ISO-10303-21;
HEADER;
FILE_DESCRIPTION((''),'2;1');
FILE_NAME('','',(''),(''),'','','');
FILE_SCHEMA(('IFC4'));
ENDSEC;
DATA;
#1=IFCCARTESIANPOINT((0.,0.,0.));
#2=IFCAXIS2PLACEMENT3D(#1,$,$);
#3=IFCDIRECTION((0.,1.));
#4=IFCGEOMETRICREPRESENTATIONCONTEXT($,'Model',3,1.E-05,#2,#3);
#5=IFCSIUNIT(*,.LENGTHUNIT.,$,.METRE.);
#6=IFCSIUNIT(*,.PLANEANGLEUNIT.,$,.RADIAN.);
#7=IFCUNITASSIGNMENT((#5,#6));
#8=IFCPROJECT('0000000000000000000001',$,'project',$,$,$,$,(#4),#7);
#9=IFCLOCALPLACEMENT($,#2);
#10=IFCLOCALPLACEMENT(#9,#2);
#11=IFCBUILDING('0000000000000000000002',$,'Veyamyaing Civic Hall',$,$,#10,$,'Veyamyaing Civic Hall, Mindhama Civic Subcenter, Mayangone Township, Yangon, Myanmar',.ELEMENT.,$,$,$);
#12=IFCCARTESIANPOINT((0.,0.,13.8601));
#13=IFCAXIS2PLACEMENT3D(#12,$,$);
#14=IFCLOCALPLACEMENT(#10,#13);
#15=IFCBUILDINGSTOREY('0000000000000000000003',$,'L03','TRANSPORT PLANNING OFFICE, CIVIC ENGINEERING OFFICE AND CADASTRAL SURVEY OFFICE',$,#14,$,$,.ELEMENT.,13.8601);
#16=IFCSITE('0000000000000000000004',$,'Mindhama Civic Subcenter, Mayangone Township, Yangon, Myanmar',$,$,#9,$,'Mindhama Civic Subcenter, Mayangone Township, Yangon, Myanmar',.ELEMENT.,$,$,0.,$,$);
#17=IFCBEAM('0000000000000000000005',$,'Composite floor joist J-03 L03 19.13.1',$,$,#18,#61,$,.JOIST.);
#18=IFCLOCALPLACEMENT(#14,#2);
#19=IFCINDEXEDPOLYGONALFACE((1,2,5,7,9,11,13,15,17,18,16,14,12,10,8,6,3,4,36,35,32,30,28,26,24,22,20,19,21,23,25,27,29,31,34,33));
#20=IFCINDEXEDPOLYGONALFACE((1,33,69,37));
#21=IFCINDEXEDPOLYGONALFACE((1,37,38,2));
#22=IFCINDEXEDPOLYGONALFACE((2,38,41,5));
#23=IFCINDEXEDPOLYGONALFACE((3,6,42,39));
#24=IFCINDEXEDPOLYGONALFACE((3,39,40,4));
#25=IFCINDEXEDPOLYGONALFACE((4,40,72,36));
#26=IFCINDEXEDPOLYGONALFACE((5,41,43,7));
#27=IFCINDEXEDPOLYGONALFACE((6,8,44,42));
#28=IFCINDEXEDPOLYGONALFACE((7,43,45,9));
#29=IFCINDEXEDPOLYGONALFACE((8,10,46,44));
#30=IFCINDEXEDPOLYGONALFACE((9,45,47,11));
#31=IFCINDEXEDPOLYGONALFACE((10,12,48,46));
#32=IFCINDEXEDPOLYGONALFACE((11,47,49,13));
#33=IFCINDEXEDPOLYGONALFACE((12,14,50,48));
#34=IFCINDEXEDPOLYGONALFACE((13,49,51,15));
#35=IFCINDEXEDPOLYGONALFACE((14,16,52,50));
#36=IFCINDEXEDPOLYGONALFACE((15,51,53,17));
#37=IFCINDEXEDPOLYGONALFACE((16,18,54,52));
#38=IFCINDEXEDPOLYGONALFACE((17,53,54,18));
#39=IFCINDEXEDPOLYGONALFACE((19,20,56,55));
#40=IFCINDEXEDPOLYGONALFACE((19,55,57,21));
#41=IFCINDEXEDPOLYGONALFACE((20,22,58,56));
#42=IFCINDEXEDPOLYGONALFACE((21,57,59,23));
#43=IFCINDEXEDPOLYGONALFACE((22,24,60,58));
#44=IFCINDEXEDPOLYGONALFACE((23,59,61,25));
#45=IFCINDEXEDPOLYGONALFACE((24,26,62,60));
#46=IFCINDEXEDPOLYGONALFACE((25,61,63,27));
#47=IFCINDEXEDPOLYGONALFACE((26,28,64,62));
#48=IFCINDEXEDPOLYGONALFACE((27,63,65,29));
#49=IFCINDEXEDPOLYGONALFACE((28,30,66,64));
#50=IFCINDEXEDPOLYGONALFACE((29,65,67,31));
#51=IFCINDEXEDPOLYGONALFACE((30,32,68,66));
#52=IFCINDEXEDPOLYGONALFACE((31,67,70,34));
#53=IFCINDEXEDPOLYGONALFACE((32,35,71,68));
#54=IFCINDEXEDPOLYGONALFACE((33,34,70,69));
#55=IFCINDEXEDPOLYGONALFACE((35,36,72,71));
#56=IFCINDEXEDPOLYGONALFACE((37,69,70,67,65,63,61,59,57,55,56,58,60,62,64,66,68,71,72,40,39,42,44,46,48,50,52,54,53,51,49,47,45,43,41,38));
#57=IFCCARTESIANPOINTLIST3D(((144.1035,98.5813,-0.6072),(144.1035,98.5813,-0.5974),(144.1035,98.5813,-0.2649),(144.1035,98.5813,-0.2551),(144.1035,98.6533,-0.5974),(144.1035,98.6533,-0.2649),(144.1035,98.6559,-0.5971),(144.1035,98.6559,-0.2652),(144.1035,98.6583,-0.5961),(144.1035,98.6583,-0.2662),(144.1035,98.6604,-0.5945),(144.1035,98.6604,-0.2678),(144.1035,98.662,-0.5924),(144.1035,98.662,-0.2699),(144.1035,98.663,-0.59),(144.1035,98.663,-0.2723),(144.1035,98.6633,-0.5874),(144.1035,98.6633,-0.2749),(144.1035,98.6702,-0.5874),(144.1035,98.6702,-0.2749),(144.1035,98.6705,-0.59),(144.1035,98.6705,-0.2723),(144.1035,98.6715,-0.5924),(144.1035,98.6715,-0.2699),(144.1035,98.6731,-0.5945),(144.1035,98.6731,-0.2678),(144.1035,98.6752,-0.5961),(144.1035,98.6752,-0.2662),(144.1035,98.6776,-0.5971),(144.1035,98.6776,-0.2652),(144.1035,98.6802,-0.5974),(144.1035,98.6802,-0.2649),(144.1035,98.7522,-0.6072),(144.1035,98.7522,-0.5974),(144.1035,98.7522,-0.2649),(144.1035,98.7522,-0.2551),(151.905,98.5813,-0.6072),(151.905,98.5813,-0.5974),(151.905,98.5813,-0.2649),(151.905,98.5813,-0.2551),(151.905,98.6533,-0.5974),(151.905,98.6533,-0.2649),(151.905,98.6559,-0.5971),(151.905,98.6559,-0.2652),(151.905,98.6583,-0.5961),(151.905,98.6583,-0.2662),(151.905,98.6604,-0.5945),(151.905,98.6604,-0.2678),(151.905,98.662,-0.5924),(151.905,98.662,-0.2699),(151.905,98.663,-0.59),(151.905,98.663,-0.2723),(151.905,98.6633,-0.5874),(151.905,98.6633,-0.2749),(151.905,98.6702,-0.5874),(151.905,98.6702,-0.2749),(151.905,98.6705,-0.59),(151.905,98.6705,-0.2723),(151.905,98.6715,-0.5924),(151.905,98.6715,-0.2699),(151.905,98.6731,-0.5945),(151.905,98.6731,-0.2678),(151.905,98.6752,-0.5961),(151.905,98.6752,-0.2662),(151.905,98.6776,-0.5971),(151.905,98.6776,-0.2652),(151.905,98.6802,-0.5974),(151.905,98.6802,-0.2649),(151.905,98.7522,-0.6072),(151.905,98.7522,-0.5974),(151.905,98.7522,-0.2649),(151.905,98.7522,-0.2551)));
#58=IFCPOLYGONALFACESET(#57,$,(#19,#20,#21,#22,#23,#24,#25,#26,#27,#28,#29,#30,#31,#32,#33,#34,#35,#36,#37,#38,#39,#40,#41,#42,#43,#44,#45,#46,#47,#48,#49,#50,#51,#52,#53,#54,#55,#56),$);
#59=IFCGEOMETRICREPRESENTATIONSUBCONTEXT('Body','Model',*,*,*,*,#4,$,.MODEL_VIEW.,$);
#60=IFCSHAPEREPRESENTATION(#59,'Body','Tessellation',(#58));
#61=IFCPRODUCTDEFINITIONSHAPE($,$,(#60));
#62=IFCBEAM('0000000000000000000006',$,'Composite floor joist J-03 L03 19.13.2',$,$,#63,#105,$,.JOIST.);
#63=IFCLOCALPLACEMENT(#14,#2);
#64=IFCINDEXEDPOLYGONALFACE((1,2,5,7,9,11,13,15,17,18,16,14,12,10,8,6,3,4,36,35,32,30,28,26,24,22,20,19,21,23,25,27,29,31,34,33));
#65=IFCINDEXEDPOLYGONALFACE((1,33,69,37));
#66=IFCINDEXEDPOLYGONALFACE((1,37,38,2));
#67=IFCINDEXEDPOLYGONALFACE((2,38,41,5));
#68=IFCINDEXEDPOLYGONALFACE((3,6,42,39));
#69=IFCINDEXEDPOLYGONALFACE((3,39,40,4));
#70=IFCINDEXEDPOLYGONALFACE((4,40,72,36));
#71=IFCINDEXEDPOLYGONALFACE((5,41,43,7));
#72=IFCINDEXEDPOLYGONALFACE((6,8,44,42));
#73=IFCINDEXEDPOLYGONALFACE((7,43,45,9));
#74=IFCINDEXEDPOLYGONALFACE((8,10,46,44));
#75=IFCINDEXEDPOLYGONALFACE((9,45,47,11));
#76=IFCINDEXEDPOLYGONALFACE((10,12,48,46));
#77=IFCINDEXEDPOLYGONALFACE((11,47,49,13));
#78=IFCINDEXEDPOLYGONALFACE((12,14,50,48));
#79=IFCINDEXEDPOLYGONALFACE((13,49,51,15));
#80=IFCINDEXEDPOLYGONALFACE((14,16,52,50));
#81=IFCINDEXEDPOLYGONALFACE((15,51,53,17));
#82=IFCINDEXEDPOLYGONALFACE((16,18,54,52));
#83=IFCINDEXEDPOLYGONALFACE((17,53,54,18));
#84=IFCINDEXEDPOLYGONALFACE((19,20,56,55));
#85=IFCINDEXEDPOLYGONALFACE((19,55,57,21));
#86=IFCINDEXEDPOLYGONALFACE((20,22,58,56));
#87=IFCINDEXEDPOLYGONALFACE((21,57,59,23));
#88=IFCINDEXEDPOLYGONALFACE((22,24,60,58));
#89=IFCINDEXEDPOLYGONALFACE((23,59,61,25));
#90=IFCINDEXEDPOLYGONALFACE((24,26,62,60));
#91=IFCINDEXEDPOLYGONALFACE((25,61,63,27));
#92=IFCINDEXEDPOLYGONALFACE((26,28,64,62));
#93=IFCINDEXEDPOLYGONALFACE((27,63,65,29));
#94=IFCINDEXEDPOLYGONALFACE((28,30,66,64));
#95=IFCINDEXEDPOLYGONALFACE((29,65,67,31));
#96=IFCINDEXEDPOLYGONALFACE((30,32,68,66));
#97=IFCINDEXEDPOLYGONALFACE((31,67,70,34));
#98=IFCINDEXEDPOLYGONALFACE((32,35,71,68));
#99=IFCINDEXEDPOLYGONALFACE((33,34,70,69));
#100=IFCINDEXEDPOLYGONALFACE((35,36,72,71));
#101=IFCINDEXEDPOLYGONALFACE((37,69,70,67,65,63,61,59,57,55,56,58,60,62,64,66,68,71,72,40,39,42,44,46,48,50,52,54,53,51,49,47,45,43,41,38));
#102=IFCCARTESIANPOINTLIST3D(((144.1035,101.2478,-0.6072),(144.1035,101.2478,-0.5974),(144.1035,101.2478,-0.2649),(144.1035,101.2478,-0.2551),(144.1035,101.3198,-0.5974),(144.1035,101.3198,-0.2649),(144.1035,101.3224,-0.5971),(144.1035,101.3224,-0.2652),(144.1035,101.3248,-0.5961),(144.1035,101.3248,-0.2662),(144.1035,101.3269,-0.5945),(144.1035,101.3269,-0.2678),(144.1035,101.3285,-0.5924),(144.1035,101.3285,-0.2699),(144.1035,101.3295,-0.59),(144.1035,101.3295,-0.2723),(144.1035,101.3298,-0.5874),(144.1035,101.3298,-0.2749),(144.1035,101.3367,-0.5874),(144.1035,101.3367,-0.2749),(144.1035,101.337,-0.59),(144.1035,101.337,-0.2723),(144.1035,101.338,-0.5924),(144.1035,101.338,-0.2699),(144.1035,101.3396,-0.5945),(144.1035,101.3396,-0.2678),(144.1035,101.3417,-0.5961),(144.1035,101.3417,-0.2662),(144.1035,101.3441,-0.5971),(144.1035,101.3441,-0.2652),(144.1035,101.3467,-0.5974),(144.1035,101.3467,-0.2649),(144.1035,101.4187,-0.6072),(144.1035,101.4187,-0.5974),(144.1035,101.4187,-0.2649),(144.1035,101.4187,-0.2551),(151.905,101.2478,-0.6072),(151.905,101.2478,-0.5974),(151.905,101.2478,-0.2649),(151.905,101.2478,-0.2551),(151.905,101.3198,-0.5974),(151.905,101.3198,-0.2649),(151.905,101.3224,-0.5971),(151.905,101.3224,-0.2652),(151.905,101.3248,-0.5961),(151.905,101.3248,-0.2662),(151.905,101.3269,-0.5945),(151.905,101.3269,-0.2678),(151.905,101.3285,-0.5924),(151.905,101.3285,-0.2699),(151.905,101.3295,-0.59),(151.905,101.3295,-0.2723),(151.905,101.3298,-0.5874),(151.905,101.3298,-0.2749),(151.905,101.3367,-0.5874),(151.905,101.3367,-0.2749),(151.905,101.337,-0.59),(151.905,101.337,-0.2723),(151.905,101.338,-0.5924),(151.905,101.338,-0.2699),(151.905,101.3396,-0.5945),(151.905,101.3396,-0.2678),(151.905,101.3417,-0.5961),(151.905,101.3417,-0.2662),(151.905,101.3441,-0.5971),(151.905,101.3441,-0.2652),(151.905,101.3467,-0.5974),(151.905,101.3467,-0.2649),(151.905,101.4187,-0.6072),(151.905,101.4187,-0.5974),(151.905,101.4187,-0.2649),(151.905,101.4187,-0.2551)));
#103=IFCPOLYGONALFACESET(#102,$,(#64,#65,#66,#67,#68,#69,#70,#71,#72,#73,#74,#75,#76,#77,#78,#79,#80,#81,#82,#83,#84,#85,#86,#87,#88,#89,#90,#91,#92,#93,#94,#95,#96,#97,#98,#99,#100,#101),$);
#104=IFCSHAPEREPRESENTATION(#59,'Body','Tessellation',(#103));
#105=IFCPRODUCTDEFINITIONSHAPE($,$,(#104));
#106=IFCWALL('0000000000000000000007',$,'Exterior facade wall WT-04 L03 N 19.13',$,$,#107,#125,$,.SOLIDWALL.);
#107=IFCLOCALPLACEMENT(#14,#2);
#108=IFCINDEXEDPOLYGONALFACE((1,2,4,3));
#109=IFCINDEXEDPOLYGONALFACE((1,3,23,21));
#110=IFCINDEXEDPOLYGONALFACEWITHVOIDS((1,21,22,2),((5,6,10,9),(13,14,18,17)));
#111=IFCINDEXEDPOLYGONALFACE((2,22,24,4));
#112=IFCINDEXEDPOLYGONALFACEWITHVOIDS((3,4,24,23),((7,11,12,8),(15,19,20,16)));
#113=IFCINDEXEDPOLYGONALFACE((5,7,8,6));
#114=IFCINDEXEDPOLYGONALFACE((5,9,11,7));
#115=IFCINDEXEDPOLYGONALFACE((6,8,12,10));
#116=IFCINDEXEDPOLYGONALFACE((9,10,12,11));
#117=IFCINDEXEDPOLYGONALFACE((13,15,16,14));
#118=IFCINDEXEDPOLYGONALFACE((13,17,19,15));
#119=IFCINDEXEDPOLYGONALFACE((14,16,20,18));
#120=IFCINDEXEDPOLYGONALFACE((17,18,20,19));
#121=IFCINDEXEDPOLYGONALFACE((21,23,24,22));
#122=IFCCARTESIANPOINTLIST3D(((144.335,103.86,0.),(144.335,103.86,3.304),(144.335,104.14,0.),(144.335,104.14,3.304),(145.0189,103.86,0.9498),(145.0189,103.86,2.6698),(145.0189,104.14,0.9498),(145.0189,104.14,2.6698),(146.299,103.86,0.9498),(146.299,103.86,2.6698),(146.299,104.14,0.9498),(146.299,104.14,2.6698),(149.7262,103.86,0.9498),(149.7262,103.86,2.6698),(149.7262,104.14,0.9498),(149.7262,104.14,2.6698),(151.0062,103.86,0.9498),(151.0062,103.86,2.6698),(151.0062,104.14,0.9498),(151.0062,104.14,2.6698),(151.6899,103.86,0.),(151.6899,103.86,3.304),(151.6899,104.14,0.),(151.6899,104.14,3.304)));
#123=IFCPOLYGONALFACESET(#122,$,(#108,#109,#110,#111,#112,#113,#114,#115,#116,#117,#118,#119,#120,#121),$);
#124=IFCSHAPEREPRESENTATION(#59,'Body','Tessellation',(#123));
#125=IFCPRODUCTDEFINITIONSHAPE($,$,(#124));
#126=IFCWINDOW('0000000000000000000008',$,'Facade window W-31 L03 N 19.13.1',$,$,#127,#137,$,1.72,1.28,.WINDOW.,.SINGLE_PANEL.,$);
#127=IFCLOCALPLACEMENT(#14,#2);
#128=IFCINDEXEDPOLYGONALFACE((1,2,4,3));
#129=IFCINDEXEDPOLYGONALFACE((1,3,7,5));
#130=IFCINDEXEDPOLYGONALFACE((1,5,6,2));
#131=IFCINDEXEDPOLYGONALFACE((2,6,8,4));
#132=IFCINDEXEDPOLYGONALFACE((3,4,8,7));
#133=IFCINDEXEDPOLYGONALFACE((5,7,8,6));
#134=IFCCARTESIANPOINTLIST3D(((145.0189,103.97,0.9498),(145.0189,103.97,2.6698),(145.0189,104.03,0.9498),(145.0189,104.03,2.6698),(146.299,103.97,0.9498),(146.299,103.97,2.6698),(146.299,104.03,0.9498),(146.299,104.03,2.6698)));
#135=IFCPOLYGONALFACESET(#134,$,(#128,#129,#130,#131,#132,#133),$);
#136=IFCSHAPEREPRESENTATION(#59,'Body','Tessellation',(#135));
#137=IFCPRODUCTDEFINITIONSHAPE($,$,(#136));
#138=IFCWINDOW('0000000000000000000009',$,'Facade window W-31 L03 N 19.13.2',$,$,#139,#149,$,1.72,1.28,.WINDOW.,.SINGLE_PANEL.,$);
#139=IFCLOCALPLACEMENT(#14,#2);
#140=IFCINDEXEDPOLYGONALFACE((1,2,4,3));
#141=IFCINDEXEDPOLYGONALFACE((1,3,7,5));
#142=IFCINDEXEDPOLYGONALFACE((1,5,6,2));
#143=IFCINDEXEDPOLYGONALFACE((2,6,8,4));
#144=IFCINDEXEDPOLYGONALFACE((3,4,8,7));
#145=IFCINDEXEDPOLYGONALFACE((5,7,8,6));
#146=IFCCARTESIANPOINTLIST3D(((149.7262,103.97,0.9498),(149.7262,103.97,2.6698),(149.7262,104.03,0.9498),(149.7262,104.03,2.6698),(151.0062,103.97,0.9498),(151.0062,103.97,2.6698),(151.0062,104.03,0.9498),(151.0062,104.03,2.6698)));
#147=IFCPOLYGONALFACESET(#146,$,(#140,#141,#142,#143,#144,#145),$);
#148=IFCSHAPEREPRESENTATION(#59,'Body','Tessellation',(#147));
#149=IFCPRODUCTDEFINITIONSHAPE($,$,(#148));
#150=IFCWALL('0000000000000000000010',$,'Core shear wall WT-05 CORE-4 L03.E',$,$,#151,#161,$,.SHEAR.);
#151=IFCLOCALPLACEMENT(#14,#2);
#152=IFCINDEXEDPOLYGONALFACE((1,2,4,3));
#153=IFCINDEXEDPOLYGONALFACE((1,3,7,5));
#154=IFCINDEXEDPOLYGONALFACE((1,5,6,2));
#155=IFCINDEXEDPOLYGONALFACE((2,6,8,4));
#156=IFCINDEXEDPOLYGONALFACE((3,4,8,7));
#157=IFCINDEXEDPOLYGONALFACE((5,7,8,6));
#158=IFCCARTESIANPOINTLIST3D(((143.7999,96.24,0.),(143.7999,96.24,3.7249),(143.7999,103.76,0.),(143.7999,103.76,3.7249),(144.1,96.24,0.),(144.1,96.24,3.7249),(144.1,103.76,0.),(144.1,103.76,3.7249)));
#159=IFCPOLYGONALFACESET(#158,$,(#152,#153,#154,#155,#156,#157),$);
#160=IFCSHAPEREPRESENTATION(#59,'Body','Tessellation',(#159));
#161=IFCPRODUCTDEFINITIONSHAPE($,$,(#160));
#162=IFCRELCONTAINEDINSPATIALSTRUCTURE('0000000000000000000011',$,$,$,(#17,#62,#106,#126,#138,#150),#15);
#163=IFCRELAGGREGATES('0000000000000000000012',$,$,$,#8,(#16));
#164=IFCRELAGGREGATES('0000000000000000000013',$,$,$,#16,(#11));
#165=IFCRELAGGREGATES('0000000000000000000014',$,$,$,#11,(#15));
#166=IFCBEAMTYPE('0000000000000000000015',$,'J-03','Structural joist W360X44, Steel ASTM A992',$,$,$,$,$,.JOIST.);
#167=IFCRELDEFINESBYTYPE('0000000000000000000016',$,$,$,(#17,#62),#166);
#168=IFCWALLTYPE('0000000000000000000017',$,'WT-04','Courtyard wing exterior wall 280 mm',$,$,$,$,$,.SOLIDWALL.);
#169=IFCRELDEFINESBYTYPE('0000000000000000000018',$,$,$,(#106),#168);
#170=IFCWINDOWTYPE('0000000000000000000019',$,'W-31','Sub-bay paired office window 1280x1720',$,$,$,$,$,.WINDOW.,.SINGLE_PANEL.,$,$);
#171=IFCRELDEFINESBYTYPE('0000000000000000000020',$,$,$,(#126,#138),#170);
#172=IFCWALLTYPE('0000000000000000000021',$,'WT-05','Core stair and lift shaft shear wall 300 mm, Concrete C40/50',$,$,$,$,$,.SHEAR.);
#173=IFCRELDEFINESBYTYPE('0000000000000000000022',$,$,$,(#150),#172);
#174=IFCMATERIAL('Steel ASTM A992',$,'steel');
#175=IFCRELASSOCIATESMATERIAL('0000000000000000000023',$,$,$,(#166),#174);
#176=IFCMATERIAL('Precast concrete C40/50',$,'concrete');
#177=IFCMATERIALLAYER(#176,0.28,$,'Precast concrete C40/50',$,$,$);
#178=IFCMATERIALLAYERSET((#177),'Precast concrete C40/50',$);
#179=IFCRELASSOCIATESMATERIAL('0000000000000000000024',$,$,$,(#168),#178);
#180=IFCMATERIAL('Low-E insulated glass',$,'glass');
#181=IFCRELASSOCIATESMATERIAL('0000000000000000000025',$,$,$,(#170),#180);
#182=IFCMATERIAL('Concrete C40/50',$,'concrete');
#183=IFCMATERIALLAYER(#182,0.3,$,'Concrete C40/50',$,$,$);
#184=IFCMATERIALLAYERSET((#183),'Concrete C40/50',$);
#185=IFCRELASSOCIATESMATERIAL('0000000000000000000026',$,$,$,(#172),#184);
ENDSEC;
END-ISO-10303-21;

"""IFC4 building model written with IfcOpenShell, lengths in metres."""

from ifc_helpers import new_model, si_unit, direction, frame, frame_2d, origin, origin_2d, place, context, subcontext, project, spatial, rectangle, i_section, extrude, material, layer, layer_set, material_profile, profile_set, type_object, element, fill, save


model = new_model("IFC4")

# Units and contexts
model_context = context("Model", 3, precision=1e-05, world=origin(), true_north=direction((0.0, 1.0)))
body_context = subcontext(model_context, "Body", "Model", "MODEL_VIEW")
ifc_project = project(units=[si_unit("LENGTHUNIT", "METRE"), si_unit("PLANEANGLEUNIT", "RADIAN")], contexts=[model_context])

# Site, building, storey
site_placement = place(None, origin())
site = spatial("IfcSite", under=ifc_project, at=site_placement, Name="Mindhama Civic Subcenter, Mayangone Township, Yangon, Myanmar", LongName="Mindhama Civic Subcenter, Mayangone Township, Yangon, Myanmar", CompositionType="ELEMENT", RefElevation=0.0)
building_placement = place(site_placement, origin())
building = spatial("IfcBuilding", under=site, at=building_placement, Name="Veyamyaing Civic Hall", LongName="Veyamyaing Civic Hall, Mindhama Civic Subcenter, Mayangone Township, Yangon, Myanmar", CompositionType="ELEMENT")
storey_placement = place(building_placement, frame((0.0, 0.0, 13.8601)))
storey = spatial("IfcBuildingStorey", under=building, at=storey_placement, Name="L03", Description="TRANSPORT PLANNING OFFICE, CIVIC ENGINEERING OFFICE AND CADASTRAL SURVEY OFFICE", CompositionType="ELEMENT", Elevation=13.8601)

# Beams
ifc_material_1 = material(Name="Steel ASTM A992", Category="steel")
ifc_material_profile_1 = material_profile(ifc_material_1, i_section(OverallWidth=0.1709, OverallDepth=0.3521, WebThickness=0.0068, FlangeThickness=0.0098, FilletRadius=0.01, at=origin_2d()), Name="W360X44")
ifc_profile_set_1 = profile_set([ifc_material_profile_1], Name="Steel ASTM A992")
beam_type_1 = type_object("IfcBeamType", Name="J-03", Description="Structural joist W360X44, Steel ASTM A992", PredefinedType="JOIST", material=ifc_profile_set_1)
for number, where, z_axis, x_axis, name in (
    (1, (144.1035, 98.6667, -0.4312), (1.0, 0.0, 0.0), (0.0, 1.0, 0.0), "Composite floor joist J-03 L03 19.13.1"),
    (2, (144.1035, 101.3333, -0.4312), (1.0, 0.0, 0.0), (0.0, 1.0, 0.0), "Composite floor joist J-03 L03 19.13.2"),
):
    element("IfcBeam", number, at=place(storey_placement, frame(where, z_axis=z_axis, x_axis=x_axis)), inside=storey, type_object=beam_type_1, Name=name, PredefinedType="JOIST", context=body_context, shape_type="SweptSolid", body=[
        extrude(i_section(OverallWidth=0.1709, OverallDepth=0.3521, WebThickness=0.0068, FlangeThickness=0.0098, FilletRadius=0.01, at=origin_2d()), origin(), (0.0, 0.0, 1.0), 7.8015),
    ])

# Wall, openings, windows
ifc_material_2 = material(Name="Precast concrete C40/50", Category="concrete")
ifc_layer_1 = layer(ifc_material_2, 0.28, Name="Precast concrete C40/50")
ifc_layer_set_1 = layer_set([ifc_layer_1], Name="Precast concrete C40/50")
wall_type_1 = type_object("IfcWallType", Name="WT-04", Description="Courtyard wing exterior wall 280 mm", PredefinedType="SOLIDWALL", material=ifc_layer_set_1)
wall_1_placement = place(storey_placement, frame((144.335, 104.0, 0.0), z_axis=(0.0, 0.0, 1.0), x_axis=(1.0, 0.0, 0.0)))
wall_1 = element("IfcWall", 3, at=wall_1_placement, inside=storey, type_object=wall_type_1, Name="Exterior facade wall WT-04 L03 N 19.13", PredefinedType="SOLIDWALL", context=body_context, shape_type="SweptSolid", body=[
    extrude(rectangle(XDim=7.355, YDim=0.28, at=frame_2d((3.6775, 0.0))), origin(), (0.0, 0.0, 1.0), 3.304),
])
opening_1_placement = place(wall_1_placement, frame((0.6838, 0.0, 0.95)))
opening_1 = element("IfcOpeningElement", 4, at=opening_1_placement, cuts=wall_1, PredefinedType="OPENING", context=body_context, shape_type="SweptSolid", body=[
    extrude(rectangle(XDim=1.28, YDim=1.72, at=frame_2d((0.6401, 0.8599))), frame((0.0, 0.1499, 0.0), z_axis=(0.0, -1.0, 0.0), x_axis=(1.0, 0.0, 0.0)), (0.0, 0.0, 1.0), 0.3),
])
opening_2_placement = place(wall_1_placement, frame((5.3911, 0.0, 0.95)))
opening_2 = element("IfcOpeningElement", 5, at=opening_2_placement, cuts=wall_1, PredefinedType="OPENING", context=body_context, shape_type="SweptSolid", body=[
    extrude(rectangle(XDim=1.28, YDim=1.72, at=frame_2d((0.6401, 0.8599))), frame((0.0, 0.1499, 0.0), z_axis=(0.0, -1.0, 0.0), x_axis=(1.0, 0.0, 0.0)), (0.0, 0.0, 1.0), 0.3),
])
ifc_material_3 = material(Name="Low-E insulated glass", Category="glass")
window_type = type_object("IfcWindowType", Name="W-31", Description="Sub-bay paired office window 1280x1720", PartitioningType="SINGLE_PANEL", PredefinedType="WINDOW", material=ifc_material_3)
window_1_placement = place(opening_1_placement, origin())
window_1 = element("IfcWindow", 6, at=window_1_placement, inside=storey, type_object=window_type, Name="Facade window W-31 L03 N 19.13.1", OverallHeight=1.72, OverallWidth=1.28, PartitioningType="SINGLE_PANEL", PredefinedType="WINDOW", context=body_context, shape_type="SweptSolid", body=[
    extrude(rectangle(XDim=1.28, YDim=1.72, at=frame_2d((0.6401, 0.8599))), frame((0.0, 0.03, 0.0), z_axis=(0.0, -1.0, 0.0), x_axis=(1.0, 0.0, 0.0)), (0.0, 0.0, 1.0), 0.0601),
])
fill(opening_1, window_1)
window_2_placement = place(opening_2_placement, origin())
window_2 = element("IfcWindow", 7, at=window_2_placement, inside=storey, type_object=window_type, Name="Facade window W-31 L03 N 19.13.2", OverallHeight=1.72, OverallWidth=1.28, PartitioningType="SINGLE_PANEL", PredefinedType="WINDOW", context=body_context, shape_type="SweptSolid", body=[
    extrude(rectangle(XDim=1.28, YDim=1.72, at=frame_2d((0.6401, 0.8599))), frame((0.0, 0.03, 0.0), z_axis=(0.0, -1.0, 0.0), x_axis=(1.0, 0.0, 0.0)), (0.0, 0.0, 1.0), 0.0601),
])
fill(opening_2, window_2)

# Wall
ifc_material_4 = material(Name="Concrete C40/50", Category="concrete")
ifc_layer_2 = layer(ifc_material_4, 0.3, Name="Concrete C40/50")
ifc_layer_set_2 = layer_set([ifc_layer_2], Name="Concrete C40/50")
wall_type_2 = type_object("IfcWallType", Name="WT-05", Description="Core stair and lift shaft shear wall 300 mm, Concrete C40/50", PredefinedType="SHEAR", material=ifc_layer_set_2)
wall_2_placement = place(storey_placement, frame((143.95, 96.24, 0.0), z_axis=(0.0, 0.0, 1.0), x_axis=(0.0, 1.0, 0.0)))
element("IfcWall", 8, at=wall_2_placement, inside=storey, type_object=wall_type_2, Name="Core shear wall WT-05 CORE-4 L03.E", PredefinedType="SHEAR", context=body_context, shape_type="SweptSolid", body=[
    extrude(rectangle(XDim=7.52, YDim=0.3, at=frame_2d((3.76, 0.0))), origin(), (0.0, 0.0, 1.0), 3.7249),
])

save(model, "model.ifc")
